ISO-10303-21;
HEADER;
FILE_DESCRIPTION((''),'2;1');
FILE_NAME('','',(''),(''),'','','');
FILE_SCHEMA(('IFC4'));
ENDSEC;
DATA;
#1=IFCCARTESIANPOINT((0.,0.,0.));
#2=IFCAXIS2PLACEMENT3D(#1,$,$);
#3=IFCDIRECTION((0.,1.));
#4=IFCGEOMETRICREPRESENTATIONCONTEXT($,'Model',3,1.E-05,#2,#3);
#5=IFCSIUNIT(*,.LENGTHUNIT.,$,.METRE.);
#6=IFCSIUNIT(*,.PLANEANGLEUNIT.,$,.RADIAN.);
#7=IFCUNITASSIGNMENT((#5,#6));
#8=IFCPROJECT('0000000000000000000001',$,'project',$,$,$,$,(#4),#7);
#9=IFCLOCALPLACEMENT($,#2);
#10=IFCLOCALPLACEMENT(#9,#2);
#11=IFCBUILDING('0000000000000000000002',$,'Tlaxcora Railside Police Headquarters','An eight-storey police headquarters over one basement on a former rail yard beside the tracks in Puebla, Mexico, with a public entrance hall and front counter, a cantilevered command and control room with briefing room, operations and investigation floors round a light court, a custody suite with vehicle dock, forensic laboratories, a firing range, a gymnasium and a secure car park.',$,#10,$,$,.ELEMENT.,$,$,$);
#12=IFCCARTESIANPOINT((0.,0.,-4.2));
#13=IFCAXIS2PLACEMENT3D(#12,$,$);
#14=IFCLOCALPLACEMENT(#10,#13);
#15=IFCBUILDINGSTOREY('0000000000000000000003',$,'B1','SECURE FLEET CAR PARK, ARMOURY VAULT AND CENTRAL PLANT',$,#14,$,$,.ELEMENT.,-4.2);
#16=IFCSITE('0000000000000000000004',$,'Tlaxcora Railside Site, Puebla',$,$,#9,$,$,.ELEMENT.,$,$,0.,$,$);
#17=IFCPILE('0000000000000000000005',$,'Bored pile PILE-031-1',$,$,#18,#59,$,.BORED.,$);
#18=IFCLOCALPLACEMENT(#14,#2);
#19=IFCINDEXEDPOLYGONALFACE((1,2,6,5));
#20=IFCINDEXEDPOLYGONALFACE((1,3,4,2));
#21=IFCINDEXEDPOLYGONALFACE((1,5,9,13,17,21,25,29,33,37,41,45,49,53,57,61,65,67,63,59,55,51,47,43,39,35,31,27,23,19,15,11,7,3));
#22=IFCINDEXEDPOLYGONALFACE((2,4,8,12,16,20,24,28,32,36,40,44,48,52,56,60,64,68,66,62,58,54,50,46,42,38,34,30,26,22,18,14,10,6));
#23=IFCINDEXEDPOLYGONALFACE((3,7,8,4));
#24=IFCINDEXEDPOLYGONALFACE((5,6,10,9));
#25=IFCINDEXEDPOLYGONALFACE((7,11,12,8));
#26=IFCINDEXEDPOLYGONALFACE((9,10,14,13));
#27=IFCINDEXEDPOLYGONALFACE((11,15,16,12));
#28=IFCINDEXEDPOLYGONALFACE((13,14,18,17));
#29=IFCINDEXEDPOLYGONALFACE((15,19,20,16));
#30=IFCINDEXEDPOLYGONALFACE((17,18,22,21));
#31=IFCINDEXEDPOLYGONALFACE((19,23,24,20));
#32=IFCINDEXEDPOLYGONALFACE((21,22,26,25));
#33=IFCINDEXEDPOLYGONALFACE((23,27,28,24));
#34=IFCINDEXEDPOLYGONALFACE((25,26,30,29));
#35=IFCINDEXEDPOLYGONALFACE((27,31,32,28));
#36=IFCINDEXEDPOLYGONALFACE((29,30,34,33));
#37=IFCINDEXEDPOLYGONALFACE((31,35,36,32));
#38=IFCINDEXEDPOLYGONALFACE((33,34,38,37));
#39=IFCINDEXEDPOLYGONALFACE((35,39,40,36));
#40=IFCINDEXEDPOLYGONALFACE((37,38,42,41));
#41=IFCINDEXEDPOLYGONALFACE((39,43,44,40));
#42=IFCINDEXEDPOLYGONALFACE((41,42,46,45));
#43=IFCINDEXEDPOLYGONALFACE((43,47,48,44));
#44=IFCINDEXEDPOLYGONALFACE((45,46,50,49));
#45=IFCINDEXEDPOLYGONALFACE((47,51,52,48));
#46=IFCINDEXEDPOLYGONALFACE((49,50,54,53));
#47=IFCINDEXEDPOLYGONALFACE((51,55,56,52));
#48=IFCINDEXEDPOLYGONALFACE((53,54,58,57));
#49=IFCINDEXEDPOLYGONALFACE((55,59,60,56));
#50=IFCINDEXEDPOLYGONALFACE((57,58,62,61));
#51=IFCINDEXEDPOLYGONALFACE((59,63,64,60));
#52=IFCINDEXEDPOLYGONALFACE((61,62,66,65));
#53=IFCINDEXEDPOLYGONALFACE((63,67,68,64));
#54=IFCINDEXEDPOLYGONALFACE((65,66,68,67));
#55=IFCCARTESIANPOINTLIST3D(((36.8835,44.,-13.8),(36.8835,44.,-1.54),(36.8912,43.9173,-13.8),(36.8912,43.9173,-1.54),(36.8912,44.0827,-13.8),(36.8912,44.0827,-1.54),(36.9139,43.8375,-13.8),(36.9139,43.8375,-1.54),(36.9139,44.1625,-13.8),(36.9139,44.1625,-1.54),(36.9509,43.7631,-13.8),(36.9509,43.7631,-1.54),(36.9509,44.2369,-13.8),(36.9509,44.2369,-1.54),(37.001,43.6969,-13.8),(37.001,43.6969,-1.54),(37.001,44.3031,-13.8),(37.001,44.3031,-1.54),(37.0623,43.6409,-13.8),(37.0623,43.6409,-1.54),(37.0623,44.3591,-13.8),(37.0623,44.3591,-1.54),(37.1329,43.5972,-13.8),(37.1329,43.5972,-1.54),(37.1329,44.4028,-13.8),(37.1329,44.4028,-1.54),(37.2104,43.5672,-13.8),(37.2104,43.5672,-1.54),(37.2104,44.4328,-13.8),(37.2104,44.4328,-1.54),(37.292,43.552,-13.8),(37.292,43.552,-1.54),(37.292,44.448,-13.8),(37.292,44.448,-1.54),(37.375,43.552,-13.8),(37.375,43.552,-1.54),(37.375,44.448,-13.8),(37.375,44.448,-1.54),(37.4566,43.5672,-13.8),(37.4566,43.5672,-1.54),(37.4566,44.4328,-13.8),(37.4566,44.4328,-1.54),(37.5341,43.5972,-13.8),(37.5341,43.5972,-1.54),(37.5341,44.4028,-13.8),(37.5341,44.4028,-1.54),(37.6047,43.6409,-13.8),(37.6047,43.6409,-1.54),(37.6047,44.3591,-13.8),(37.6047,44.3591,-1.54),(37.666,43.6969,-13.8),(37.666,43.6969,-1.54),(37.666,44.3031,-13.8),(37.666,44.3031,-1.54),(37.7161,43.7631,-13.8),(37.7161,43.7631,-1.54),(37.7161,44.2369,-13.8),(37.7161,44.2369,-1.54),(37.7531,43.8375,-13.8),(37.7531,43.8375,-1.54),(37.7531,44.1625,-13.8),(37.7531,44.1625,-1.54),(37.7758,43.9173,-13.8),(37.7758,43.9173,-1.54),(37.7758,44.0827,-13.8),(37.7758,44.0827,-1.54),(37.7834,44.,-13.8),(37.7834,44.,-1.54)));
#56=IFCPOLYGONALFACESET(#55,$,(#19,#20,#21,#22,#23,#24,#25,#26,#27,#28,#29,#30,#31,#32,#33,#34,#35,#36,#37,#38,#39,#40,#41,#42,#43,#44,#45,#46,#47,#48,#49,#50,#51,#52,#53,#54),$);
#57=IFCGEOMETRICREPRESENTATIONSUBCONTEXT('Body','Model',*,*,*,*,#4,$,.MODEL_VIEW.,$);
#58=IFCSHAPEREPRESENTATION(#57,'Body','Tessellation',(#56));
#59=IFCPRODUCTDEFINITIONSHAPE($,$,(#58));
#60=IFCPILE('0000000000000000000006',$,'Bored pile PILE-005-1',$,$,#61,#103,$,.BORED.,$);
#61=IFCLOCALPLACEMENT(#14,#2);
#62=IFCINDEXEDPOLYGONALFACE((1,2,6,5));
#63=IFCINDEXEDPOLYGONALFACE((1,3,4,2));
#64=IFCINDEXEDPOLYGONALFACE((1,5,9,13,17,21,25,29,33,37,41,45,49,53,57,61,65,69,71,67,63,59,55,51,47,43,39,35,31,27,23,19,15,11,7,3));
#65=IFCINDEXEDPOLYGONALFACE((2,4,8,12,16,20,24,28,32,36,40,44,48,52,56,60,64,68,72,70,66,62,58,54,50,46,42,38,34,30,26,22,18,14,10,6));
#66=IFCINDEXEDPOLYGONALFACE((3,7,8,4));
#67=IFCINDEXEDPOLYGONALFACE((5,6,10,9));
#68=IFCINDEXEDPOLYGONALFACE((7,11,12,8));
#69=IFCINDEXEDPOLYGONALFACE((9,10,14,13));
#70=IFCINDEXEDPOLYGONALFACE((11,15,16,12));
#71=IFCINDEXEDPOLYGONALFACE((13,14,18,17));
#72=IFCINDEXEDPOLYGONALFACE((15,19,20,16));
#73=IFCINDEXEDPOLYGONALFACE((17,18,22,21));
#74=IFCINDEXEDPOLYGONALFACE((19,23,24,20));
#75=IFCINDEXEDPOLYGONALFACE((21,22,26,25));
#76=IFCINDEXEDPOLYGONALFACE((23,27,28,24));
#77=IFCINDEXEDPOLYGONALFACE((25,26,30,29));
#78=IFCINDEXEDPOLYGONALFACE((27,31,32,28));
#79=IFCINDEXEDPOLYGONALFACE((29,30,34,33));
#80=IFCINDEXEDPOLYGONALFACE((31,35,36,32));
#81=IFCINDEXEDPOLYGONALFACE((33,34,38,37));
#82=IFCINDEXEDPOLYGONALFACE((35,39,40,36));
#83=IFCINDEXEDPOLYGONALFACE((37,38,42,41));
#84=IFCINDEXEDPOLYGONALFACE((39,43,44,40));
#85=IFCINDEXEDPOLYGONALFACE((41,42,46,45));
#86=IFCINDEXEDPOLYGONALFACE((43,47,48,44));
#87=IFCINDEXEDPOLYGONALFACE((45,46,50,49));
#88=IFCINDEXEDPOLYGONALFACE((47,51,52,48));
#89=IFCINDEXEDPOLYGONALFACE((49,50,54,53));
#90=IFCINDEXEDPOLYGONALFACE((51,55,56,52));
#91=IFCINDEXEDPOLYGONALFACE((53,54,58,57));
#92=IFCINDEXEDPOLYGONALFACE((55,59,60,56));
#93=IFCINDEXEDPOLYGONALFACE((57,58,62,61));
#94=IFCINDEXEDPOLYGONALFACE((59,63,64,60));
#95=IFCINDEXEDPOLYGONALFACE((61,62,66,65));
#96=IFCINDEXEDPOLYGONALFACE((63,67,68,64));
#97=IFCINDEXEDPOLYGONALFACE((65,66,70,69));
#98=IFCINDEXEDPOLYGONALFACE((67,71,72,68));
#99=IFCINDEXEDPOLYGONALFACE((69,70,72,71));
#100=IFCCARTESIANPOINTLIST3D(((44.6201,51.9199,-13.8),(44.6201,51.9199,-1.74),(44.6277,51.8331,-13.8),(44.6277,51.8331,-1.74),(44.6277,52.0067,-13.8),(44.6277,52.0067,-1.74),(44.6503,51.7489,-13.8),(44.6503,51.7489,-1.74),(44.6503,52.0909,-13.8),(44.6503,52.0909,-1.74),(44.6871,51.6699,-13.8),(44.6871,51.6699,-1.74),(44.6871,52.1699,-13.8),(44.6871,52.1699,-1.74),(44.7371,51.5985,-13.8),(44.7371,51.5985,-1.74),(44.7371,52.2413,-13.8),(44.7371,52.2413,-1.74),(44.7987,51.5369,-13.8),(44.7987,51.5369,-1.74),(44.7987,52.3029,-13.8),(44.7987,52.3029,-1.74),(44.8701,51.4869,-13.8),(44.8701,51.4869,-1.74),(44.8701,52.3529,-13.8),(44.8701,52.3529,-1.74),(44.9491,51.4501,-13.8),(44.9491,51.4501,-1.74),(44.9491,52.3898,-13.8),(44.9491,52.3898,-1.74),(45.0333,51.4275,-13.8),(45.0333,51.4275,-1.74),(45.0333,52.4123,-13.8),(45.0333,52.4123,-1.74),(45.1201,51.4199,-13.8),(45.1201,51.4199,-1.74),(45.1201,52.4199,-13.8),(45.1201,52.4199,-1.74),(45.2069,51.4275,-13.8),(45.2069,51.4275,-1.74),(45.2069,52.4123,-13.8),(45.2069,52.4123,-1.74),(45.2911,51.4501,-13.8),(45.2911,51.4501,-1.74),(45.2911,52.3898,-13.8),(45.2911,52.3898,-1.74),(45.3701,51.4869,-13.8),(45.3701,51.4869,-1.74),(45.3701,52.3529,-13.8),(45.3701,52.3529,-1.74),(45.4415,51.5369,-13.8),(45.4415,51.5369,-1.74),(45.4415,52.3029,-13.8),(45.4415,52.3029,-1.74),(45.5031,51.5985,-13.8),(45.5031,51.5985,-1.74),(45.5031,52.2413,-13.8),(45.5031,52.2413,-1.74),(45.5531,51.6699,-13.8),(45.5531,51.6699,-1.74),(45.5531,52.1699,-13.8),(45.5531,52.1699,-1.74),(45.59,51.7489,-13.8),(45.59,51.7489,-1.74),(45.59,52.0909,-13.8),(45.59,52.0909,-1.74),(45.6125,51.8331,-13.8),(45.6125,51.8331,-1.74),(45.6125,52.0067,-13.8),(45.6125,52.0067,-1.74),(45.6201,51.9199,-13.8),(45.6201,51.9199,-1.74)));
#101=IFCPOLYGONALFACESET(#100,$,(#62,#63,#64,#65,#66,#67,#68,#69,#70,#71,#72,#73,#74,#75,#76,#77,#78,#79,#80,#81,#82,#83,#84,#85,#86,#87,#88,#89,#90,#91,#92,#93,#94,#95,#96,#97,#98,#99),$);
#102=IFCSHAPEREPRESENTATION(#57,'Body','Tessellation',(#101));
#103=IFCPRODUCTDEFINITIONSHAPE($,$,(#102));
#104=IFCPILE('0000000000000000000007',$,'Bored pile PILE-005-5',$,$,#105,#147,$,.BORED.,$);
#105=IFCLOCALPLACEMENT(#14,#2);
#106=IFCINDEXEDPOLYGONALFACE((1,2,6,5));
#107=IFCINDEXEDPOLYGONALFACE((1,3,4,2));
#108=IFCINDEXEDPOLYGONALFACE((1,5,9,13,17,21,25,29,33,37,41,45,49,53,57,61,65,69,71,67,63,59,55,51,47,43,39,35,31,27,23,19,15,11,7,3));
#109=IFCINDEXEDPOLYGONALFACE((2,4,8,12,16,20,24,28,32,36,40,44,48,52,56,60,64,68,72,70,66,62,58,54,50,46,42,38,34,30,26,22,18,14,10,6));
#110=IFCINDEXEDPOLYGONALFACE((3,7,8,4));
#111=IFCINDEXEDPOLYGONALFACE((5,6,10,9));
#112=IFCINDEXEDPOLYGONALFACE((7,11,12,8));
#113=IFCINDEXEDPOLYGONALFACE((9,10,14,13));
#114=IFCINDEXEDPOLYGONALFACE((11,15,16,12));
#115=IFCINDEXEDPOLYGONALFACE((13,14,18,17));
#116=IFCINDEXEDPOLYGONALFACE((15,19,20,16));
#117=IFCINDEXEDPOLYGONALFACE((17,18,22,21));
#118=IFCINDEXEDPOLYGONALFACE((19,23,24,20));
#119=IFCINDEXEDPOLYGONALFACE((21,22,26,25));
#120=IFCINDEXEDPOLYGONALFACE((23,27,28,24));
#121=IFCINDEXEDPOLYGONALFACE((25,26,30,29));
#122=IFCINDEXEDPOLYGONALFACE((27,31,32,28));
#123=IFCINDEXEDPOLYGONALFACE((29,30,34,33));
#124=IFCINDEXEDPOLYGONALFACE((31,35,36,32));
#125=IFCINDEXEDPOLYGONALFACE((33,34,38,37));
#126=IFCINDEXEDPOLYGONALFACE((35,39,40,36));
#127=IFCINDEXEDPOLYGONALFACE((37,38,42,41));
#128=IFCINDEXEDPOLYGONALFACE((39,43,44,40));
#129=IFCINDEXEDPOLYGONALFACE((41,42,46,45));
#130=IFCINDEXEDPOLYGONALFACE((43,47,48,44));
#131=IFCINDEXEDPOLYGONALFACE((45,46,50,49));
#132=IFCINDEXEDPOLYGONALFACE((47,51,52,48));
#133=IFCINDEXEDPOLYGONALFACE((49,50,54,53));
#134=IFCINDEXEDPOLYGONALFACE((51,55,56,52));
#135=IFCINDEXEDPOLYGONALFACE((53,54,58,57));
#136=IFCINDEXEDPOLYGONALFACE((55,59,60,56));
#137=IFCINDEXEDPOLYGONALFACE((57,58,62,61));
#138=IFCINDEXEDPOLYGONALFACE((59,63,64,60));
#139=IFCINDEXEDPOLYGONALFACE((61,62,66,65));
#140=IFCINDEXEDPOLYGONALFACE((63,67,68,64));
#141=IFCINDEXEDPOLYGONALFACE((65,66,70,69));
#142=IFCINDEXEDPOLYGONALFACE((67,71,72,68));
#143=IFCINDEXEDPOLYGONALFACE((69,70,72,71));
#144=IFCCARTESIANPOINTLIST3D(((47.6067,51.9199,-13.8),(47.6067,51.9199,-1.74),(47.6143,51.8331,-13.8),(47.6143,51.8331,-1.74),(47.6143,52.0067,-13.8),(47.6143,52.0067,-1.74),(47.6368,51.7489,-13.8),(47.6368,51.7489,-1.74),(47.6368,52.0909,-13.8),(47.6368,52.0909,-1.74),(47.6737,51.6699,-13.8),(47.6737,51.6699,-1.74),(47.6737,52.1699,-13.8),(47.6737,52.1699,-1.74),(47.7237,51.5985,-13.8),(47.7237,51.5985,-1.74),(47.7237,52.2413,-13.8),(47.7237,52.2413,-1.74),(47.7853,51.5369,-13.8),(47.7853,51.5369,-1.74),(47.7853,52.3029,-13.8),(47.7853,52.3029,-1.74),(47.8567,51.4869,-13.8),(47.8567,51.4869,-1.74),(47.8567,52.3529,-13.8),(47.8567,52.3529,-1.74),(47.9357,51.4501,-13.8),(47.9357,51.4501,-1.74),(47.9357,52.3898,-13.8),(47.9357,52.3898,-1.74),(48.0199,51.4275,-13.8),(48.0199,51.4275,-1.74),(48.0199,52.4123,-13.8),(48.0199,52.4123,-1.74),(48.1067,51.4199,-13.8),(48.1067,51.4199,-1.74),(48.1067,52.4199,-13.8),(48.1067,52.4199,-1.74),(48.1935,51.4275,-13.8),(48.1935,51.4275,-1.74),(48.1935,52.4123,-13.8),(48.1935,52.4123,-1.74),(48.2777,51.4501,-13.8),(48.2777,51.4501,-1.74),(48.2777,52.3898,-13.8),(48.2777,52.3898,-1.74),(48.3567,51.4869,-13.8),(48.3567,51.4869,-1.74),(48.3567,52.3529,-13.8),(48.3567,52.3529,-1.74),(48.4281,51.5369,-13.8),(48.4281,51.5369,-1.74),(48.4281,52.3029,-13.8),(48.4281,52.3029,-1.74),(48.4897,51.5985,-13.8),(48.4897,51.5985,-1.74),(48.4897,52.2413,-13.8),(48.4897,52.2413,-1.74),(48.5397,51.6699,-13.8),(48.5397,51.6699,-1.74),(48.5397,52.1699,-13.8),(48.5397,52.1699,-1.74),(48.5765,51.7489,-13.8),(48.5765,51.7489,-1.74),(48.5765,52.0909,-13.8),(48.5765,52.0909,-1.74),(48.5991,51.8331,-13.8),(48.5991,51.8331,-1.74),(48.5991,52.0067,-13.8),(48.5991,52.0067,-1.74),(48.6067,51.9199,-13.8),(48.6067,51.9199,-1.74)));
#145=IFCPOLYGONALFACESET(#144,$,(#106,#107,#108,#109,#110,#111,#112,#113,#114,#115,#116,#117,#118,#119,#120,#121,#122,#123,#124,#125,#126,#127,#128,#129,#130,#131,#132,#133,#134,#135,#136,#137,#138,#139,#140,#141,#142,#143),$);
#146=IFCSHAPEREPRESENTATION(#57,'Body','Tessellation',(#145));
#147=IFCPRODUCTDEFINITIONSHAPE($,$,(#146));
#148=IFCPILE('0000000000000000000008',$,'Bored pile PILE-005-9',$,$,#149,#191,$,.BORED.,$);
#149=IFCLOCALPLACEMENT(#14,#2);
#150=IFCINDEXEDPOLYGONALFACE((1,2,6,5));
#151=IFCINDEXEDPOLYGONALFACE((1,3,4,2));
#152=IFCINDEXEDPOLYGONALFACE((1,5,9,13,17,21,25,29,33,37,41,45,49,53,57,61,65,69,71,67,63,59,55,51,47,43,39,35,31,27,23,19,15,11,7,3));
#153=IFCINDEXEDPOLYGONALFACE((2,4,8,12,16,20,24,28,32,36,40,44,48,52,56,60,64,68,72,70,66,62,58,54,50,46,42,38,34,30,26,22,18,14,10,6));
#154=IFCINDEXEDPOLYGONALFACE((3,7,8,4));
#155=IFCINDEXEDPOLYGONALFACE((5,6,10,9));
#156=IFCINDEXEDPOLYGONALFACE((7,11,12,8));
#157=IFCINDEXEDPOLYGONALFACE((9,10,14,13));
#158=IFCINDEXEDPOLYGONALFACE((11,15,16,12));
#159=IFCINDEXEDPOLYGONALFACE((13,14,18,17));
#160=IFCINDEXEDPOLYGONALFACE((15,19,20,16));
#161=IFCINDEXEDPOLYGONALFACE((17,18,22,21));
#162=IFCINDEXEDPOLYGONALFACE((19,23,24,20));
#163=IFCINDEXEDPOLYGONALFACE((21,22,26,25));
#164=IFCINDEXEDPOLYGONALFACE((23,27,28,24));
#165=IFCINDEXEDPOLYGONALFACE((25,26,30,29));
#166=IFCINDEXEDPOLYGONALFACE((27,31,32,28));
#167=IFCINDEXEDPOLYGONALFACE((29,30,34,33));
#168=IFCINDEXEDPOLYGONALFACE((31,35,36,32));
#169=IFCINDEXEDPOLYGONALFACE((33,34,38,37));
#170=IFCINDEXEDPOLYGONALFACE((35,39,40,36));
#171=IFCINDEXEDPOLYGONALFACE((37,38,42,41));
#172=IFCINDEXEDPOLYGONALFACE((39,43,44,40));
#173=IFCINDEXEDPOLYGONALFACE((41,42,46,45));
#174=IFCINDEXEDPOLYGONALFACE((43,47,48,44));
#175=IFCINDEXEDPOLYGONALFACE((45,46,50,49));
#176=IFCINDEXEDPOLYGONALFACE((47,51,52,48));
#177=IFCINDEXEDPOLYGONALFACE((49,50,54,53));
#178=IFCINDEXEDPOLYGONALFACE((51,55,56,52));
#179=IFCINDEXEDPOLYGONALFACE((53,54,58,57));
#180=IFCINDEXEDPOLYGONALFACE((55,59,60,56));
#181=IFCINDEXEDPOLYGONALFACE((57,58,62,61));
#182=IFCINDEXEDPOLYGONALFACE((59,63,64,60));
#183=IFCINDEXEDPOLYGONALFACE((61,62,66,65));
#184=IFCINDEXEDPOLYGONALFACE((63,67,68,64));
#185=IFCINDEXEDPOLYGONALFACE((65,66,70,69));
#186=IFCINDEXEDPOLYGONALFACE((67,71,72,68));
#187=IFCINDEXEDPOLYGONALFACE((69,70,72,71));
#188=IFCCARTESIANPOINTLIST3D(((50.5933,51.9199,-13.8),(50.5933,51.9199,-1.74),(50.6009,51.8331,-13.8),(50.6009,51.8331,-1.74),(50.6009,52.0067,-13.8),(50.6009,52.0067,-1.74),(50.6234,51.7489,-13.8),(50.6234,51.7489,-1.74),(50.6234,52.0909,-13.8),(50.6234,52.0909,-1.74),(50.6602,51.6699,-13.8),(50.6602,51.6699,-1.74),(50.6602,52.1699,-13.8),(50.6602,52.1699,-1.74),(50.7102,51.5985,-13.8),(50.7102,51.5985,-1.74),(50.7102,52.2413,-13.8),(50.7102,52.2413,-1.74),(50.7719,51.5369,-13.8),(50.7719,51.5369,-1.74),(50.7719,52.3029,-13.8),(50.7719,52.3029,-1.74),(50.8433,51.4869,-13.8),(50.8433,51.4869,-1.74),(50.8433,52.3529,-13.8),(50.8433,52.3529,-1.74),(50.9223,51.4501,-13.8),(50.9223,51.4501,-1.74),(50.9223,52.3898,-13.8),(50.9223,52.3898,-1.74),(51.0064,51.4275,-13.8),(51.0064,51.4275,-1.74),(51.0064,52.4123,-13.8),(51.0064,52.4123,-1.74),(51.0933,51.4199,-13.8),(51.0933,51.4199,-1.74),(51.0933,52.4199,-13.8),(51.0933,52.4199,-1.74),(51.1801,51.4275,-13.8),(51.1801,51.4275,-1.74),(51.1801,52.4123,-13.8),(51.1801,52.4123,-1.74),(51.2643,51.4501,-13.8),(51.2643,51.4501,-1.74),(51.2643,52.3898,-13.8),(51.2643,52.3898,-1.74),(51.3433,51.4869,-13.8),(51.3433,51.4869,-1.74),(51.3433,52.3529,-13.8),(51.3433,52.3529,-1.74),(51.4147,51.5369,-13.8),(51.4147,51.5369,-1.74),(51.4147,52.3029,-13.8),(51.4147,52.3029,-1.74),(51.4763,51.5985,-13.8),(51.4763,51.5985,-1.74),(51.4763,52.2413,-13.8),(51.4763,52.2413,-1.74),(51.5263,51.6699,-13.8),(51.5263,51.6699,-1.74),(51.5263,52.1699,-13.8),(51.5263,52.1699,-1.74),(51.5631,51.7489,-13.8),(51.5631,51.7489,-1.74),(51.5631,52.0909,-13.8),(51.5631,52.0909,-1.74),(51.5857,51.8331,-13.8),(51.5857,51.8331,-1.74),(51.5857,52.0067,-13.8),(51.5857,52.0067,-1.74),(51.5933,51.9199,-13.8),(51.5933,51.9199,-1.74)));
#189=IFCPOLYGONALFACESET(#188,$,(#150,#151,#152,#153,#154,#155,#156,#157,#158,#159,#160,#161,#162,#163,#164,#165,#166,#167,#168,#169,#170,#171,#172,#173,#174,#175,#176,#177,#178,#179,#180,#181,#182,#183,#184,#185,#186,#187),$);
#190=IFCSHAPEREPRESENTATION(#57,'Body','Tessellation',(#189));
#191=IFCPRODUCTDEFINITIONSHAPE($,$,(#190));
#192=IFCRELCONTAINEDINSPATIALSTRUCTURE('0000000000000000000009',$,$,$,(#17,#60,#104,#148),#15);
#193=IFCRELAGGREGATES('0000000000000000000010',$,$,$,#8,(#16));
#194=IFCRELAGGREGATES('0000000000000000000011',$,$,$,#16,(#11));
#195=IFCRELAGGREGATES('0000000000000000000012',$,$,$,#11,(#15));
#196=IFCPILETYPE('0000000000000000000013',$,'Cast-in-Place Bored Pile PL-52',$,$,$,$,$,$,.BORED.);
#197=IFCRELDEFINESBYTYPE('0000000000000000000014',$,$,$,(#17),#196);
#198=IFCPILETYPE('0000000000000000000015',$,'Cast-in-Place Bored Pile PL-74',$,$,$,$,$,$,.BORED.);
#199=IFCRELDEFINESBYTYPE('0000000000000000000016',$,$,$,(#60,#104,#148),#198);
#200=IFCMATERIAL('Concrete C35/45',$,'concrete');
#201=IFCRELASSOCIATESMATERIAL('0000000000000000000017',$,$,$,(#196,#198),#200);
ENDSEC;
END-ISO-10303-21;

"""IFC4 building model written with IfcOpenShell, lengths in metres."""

from ifc_helpers import new_model, si_unit, direction, frame, origin, origin_2d, place, context, subcontext, project, spatial, circle, extrude, material, material_profile, profile_set, type_object, element, save


model = new_model("IFC4")

# Units and contexts
model_context = context("Model", 3, precision=1e-05, world=origin(), true_north=direction((0.0, 1.0)))
body_context = subcontext(model_context, "Body", "Model", "MODEL_VIEW")
ifc_project = project(units=[si_unit("LENGTHUNIT", "METRE"), si_unit("PLANEANGLEUNIT", "RADIAN")], contexts=[model_context])

# Site, building, storey
site_placement = place(None, origin())
site = spatial("IfcSite", under=ifc_project, at=site_placement, Name="Tlaxcora Railside Site, Puebla", CompositionType="ELEMENT", RefElevation=0.0)
building_placement = place(site_placement, origin())
building = spatial("IfcBuilding", under=site, at=building_placement, Name="Tlaxcora Railside Police Headquarters", Description="An eight-storey police headquarters over one basement on a former rail yard beside the tracks in Puebla, Mexico, with a public entrance hall and front counter, a cantilevered command and control room with briefing room, operations and investigation floors round a light court, a custody suite with vehicle dock, forensic laboratories, a firing range, a gymnasium and a secure car park.", CompositionType="ELEMENT")
storey_placement = place(building_placement, frame((0.0, 0.0, -4.2)))
storey = spatial("IfcBuildingStorey", under=building, at=storey_placement, Name="B1", Description="SECURE FLEET CAR PARK, ARMOURY VAULT AND CENTRAL PLANT", CompositionType="ELEMENT", Elevation=-4.2)

# Piles
ifc_material_1 = material(Name="Concrete C35/45", Category="concrete")
ifc_material_profile_1 = material_profile(ifc_material_1, circle(Radius=0.45, at=origin_2d()), Name="PILE900")
ifc_profile_set_1 = profile_set([ifc_material_profile_1], Name="Concrete C35/45")
pile_type_1 = type_object("IfcPileType", Name="Cast-in-Place Bored Pile PL-52", PredefinedType="BORED", material=ifc_profile_set_1)
pile_1_placement = place(storey_placement, frame((37.3335, 44.0, -1.54), z_axis=(0.0, 0.0, -1.0), x_axis=(1.0, 0.0, 0.0)))
element("IfcPile", 1, at=pile_1_placement, inside=storey, type_object=pile_type_1, Name="Bored pile PILE-031-1", PredefinedType="BORED", context=body_context, shape_type="SweptSolid", body=[
    extrude(circle(Radius=0.45, at=origin_2d()), origin(), (0.0, 0.0, 1.0), 12.26),
])
ifc_material_profile_2 = material_profile(ifc_material_1, circle(Radius=0.5, at=origin_2d()), Name="PILE1000")
ifc_profile_set_2 = profile_set([ifc_material_profile_2], Name="Concrete C35/45")
pile_type_2 = type_object("IfcPileType", Name="Cast-in-Place Bored Pile PL-74", PredefinedType="BORED", material=ifc_profile_set_2)
for number, where, z_axis, x_axis, name in (
    (2, (45.1201, 51.9199, -1.74), (0.0, 0.0, -1.0), (1.0, 0.0, 0.0), "Bored pile PILE-005-1"),
    (3, (48.1067, 51.9199, -1.74), (0.0, 0.0, -1.0), (1.0, 0.0, 0.0), "Bored pile PILE-005-5"),
    (4, (51.0933, 51.9199, -1.74), (0.0, 0.0, -1.0), (1.0, 0.0, 0.0), "Bored pile PILE-005-9"),
):
    element("IfcPile", number, at=place(storey_placement, frame(where, z_axis=z_axis, x_axis=x_axis)), inside=storey, type_object=pile_type_2, Name=name, PredefinedType="BORED", context=body_context, shape_type="SweptSolid", body=[
        extrude(circle(Radius=0.5, at=origin_2d()), origin(), (0.0, 0.0, 1.0), 12.0601),
    ])

save(model, "model.ifc")
